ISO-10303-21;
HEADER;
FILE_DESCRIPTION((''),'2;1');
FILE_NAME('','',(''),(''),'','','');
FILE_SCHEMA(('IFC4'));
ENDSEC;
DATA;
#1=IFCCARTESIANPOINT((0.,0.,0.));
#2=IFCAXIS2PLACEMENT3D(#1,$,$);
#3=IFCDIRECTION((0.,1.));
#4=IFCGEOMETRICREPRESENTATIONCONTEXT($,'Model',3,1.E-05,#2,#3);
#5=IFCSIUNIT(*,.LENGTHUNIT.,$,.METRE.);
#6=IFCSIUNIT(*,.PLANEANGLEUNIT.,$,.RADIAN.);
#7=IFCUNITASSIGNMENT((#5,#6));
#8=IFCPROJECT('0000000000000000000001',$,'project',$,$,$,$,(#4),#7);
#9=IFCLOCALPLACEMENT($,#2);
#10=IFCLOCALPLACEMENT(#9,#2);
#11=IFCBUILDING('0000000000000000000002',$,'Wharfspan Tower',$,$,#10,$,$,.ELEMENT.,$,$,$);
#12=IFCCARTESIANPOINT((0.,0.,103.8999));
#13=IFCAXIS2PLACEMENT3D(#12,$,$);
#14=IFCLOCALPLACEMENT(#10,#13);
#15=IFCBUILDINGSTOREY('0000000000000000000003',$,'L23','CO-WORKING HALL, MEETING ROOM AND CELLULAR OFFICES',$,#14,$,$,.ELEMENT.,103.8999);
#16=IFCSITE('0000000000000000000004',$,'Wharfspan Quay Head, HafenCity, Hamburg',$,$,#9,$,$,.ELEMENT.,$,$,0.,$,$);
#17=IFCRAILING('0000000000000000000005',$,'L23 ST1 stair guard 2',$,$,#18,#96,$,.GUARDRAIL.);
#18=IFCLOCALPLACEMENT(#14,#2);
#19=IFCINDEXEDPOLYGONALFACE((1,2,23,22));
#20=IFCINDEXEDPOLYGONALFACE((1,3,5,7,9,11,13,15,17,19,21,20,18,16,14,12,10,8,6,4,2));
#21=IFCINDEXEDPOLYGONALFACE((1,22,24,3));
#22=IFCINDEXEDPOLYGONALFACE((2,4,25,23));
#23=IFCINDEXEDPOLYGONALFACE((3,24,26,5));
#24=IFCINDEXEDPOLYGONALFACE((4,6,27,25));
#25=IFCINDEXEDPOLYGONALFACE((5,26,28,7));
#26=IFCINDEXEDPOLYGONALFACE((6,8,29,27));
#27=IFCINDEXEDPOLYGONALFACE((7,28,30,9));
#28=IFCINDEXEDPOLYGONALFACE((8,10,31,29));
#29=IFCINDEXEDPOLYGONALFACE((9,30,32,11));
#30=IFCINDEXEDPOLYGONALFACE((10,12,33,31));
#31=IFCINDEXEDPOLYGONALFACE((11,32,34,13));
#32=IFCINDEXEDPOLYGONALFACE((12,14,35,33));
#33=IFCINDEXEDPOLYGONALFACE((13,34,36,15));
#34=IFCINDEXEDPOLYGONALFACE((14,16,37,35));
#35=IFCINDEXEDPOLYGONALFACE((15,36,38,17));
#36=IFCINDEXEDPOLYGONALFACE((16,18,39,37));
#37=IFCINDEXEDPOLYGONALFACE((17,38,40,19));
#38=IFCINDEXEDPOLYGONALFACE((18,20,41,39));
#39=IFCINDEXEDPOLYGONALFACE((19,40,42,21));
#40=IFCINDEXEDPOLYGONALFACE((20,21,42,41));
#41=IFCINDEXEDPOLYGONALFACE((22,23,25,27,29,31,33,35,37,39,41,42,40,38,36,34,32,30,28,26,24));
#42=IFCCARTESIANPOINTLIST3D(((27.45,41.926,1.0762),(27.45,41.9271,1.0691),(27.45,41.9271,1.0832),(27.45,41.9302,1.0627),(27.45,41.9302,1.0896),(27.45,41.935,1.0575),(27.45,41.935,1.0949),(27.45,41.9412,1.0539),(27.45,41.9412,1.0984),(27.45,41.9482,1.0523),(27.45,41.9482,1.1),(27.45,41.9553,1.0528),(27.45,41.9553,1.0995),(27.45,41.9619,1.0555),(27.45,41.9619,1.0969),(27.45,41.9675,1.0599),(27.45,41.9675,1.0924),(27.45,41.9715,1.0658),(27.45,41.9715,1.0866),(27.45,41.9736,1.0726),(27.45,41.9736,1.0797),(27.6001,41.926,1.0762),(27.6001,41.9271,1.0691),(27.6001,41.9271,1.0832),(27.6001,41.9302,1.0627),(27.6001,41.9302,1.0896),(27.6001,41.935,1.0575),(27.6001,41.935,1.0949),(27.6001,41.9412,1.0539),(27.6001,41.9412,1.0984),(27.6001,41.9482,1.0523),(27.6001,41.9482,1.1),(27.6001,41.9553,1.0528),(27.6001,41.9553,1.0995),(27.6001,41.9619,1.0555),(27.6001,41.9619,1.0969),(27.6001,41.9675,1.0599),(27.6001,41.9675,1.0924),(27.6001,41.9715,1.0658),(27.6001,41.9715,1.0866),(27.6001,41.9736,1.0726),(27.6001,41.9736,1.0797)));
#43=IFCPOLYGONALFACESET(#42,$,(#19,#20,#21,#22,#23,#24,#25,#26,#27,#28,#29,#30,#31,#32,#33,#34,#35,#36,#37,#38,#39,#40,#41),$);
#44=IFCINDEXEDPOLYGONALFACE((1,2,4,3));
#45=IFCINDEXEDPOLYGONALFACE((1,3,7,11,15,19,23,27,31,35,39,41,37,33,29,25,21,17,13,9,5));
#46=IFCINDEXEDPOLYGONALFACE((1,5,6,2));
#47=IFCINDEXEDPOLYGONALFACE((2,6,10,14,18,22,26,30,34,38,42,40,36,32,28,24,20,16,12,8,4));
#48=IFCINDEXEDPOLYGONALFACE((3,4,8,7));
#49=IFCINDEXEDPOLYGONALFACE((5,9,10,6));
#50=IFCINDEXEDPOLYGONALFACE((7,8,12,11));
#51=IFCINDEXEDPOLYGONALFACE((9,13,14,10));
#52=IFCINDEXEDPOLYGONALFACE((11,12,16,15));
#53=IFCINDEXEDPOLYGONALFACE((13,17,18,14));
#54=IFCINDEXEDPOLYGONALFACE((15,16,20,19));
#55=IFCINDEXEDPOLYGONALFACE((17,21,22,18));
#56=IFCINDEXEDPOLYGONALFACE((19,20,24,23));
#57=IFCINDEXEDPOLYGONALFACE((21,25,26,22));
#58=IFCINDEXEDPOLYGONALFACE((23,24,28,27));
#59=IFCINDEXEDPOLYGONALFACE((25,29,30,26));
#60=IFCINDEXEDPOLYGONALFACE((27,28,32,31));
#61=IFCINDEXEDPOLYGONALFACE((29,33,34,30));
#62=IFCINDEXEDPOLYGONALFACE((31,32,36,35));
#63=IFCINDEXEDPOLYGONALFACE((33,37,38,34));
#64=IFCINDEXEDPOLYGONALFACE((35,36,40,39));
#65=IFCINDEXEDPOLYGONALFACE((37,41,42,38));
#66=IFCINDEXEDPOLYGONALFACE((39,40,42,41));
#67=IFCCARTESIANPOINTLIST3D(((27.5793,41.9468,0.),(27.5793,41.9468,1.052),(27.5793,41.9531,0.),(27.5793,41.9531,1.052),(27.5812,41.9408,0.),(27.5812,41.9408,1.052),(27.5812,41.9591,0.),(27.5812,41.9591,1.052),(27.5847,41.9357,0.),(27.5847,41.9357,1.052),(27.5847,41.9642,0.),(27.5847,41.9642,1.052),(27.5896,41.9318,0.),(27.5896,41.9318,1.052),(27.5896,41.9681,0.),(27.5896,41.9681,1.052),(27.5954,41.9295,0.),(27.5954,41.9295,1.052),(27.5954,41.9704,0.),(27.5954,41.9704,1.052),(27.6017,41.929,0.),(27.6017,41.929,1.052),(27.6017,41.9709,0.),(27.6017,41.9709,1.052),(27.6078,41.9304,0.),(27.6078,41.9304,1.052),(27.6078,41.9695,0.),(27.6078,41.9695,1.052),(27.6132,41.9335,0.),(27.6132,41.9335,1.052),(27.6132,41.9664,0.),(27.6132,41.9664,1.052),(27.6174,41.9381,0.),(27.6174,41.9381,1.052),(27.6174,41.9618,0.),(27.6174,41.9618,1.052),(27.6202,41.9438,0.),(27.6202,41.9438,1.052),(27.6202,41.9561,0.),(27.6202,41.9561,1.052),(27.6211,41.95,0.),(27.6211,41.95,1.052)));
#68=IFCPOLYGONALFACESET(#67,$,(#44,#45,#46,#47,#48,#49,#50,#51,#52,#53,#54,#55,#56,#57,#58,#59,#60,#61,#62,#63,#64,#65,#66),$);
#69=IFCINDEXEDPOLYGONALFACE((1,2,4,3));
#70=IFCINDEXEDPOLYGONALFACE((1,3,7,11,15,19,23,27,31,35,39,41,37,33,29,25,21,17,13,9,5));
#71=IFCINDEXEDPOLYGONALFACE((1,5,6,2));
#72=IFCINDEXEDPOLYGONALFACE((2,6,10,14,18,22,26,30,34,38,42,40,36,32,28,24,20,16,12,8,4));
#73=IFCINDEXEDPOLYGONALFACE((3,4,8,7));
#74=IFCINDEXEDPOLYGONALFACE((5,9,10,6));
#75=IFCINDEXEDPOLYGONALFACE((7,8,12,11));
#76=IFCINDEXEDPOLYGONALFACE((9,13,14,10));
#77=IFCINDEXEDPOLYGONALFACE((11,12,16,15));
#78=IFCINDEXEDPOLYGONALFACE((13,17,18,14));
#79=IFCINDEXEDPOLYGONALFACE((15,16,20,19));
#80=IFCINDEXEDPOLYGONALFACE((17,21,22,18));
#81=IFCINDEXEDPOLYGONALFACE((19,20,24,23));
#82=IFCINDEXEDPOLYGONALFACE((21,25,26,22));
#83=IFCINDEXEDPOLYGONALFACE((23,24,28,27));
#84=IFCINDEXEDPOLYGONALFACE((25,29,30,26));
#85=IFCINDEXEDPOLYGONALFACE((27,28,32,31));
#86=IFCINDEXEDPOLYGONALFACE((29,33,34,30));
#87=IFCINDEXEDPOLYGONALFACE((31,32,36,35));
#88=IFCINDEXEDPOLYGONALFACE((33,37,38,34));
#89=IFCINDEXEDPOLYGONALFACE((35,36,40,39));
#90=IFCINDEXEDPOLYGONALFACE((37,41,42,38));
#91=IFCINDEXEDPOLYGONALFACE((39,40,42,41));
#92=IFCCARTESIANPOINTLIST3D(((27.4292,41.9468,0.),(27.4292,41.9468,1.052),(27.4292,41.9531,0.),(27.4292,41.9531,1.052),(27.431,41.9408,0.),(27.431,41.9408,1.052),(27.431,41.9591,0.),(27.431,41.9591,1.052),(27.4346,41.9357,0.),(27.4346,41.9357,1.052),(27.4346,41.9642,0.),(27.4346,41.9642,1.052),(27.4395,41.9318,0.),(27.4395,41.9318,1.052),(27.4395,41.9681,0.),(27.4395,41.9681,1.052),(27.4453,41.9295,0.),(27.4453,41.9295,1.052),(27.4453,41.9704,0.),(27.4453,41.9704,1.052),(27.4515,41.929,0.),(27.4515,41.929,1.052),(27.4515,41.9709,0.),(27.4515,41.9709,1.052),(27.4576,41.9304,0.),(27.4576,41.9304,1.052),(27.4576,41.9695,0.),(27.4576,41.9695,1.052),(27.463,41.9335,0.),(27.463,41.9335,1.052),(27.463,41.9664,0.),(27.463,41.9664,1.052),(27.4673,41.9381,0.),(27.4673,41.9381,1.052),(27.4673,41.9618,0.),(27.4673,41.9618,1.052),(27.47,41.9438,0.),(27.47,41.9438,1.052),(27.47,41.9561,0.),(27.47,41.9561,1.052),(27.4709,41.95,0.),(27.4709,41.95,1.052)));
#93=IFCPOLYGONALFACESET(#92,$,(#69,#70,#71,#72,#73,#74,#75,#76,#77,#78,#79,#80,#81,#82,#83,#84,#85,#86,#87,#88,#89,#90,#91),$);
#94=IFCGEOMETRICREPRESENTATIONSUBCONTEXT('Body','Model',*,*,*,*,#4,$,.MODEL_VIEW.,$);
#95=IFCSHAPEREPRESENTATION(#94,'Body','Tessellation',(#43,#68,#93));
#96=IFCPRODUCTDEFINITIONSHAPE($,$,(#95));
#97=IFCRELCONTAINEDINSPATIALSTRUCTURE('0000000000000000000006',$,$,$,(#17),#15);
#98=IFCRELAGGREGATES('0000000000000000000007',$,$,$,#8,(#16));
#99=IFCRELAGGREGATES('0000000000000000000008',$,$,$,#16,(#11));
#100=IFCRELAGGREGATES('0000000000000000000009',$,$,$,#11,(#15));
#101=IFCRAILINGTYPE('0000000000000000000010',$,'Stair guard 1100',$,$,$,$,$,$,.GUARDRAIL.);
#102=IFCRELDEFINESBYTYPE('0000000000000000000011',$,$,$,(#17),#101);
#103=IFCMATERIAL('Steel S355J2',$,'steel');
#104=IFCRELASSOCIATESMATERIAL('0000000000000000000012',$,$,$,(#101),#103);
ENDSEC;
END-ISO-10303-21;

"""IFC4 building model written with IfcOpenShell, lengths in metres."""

from ifc_helpers import new_model, si_unit, direction, frame, origin, origin_2d, place, context, subcontext, project, spatial, circle, extrude, material, type_object, element, save


model = new_model("IFC4")

# Units and contexts
model_context = context("Model", 3, precision=1e-05, world=origin(), true_north=direction((0.0, 1.0)))
body_context = subcontext(model_context, "Body", "Model", "MODEL_VIEW")
ifc_project = project(units=[si_unit("LENGTHUNIT", "METRE"), si_unit("PLANEANGLEUNIT", "RADIAN")], contexts=[model_context])

# Site, building, storey
site_placement = place(None, origin())
site = spatial("IfcSite", under=ifc_project, at=site_placement, Name="Wharfspan Quay Head, HafenCity, Hamburg", CompositionType="ELEMENT", RefElevation=0.0)
building_placement = place(site_placement, origin())
building = spatial("IfcBuilding", under=site, at=building_placement, Name="Wharfspan Tower", CompositionType="ELEMENT")
storey_placement = place(building_placement, frame((0.0, 0.0, 103.8999)))
storey = spatial("IfcBuildingStorey", under=building, at=storey_placement, Name="L23", Description="CO-WORKING HALL, MEETING ROOM AND CELLULAR OFFICES", CompositionType="ELEMENT", Elevation=103.8999)

# Shared definitions
ifc_material_1 = material(Name="Steel S355J2", Category="steel")

# Railing
railing_type_1 = type_object("IfcRailingType", Name="Stair guard 1100", PredefinedType="GUARDRAIL", material=ifc_material_1)
railing_1_placement = place(storey_placement, frame((27.6001, 41.95, 0.0)))
element("IfcRailing", 1, at=railing_1_placement, inside=storey, type_object=railing_type_1, Name="L23 ST1 stair guard 2", PredefinedType="GUARDRAIL", context=body_context, shape_type="SweptSolid", body=[
    extrude(circle(Radius=0.0239, at=origin_2d()), frame((0.0, 0.0, 1.0762), z_axis=(-1.0, 0.0, 0.0), x_axis=(0.0, -1.0, 0.0)), (0.0, 0.0, 1.0), 0.1501),
    extrude(circle(Radius=0.021, at=origin_2d()), origin(), (0.0, 0.0, 1.0), 1.052),
    extrude(circle(Radius=0.021, at=origin_2d()), frame((-0.1501, 0.0, 0.0)), (0.0, 0.0, 1.0), 1.052),
])

save(model, "model.ifc")
